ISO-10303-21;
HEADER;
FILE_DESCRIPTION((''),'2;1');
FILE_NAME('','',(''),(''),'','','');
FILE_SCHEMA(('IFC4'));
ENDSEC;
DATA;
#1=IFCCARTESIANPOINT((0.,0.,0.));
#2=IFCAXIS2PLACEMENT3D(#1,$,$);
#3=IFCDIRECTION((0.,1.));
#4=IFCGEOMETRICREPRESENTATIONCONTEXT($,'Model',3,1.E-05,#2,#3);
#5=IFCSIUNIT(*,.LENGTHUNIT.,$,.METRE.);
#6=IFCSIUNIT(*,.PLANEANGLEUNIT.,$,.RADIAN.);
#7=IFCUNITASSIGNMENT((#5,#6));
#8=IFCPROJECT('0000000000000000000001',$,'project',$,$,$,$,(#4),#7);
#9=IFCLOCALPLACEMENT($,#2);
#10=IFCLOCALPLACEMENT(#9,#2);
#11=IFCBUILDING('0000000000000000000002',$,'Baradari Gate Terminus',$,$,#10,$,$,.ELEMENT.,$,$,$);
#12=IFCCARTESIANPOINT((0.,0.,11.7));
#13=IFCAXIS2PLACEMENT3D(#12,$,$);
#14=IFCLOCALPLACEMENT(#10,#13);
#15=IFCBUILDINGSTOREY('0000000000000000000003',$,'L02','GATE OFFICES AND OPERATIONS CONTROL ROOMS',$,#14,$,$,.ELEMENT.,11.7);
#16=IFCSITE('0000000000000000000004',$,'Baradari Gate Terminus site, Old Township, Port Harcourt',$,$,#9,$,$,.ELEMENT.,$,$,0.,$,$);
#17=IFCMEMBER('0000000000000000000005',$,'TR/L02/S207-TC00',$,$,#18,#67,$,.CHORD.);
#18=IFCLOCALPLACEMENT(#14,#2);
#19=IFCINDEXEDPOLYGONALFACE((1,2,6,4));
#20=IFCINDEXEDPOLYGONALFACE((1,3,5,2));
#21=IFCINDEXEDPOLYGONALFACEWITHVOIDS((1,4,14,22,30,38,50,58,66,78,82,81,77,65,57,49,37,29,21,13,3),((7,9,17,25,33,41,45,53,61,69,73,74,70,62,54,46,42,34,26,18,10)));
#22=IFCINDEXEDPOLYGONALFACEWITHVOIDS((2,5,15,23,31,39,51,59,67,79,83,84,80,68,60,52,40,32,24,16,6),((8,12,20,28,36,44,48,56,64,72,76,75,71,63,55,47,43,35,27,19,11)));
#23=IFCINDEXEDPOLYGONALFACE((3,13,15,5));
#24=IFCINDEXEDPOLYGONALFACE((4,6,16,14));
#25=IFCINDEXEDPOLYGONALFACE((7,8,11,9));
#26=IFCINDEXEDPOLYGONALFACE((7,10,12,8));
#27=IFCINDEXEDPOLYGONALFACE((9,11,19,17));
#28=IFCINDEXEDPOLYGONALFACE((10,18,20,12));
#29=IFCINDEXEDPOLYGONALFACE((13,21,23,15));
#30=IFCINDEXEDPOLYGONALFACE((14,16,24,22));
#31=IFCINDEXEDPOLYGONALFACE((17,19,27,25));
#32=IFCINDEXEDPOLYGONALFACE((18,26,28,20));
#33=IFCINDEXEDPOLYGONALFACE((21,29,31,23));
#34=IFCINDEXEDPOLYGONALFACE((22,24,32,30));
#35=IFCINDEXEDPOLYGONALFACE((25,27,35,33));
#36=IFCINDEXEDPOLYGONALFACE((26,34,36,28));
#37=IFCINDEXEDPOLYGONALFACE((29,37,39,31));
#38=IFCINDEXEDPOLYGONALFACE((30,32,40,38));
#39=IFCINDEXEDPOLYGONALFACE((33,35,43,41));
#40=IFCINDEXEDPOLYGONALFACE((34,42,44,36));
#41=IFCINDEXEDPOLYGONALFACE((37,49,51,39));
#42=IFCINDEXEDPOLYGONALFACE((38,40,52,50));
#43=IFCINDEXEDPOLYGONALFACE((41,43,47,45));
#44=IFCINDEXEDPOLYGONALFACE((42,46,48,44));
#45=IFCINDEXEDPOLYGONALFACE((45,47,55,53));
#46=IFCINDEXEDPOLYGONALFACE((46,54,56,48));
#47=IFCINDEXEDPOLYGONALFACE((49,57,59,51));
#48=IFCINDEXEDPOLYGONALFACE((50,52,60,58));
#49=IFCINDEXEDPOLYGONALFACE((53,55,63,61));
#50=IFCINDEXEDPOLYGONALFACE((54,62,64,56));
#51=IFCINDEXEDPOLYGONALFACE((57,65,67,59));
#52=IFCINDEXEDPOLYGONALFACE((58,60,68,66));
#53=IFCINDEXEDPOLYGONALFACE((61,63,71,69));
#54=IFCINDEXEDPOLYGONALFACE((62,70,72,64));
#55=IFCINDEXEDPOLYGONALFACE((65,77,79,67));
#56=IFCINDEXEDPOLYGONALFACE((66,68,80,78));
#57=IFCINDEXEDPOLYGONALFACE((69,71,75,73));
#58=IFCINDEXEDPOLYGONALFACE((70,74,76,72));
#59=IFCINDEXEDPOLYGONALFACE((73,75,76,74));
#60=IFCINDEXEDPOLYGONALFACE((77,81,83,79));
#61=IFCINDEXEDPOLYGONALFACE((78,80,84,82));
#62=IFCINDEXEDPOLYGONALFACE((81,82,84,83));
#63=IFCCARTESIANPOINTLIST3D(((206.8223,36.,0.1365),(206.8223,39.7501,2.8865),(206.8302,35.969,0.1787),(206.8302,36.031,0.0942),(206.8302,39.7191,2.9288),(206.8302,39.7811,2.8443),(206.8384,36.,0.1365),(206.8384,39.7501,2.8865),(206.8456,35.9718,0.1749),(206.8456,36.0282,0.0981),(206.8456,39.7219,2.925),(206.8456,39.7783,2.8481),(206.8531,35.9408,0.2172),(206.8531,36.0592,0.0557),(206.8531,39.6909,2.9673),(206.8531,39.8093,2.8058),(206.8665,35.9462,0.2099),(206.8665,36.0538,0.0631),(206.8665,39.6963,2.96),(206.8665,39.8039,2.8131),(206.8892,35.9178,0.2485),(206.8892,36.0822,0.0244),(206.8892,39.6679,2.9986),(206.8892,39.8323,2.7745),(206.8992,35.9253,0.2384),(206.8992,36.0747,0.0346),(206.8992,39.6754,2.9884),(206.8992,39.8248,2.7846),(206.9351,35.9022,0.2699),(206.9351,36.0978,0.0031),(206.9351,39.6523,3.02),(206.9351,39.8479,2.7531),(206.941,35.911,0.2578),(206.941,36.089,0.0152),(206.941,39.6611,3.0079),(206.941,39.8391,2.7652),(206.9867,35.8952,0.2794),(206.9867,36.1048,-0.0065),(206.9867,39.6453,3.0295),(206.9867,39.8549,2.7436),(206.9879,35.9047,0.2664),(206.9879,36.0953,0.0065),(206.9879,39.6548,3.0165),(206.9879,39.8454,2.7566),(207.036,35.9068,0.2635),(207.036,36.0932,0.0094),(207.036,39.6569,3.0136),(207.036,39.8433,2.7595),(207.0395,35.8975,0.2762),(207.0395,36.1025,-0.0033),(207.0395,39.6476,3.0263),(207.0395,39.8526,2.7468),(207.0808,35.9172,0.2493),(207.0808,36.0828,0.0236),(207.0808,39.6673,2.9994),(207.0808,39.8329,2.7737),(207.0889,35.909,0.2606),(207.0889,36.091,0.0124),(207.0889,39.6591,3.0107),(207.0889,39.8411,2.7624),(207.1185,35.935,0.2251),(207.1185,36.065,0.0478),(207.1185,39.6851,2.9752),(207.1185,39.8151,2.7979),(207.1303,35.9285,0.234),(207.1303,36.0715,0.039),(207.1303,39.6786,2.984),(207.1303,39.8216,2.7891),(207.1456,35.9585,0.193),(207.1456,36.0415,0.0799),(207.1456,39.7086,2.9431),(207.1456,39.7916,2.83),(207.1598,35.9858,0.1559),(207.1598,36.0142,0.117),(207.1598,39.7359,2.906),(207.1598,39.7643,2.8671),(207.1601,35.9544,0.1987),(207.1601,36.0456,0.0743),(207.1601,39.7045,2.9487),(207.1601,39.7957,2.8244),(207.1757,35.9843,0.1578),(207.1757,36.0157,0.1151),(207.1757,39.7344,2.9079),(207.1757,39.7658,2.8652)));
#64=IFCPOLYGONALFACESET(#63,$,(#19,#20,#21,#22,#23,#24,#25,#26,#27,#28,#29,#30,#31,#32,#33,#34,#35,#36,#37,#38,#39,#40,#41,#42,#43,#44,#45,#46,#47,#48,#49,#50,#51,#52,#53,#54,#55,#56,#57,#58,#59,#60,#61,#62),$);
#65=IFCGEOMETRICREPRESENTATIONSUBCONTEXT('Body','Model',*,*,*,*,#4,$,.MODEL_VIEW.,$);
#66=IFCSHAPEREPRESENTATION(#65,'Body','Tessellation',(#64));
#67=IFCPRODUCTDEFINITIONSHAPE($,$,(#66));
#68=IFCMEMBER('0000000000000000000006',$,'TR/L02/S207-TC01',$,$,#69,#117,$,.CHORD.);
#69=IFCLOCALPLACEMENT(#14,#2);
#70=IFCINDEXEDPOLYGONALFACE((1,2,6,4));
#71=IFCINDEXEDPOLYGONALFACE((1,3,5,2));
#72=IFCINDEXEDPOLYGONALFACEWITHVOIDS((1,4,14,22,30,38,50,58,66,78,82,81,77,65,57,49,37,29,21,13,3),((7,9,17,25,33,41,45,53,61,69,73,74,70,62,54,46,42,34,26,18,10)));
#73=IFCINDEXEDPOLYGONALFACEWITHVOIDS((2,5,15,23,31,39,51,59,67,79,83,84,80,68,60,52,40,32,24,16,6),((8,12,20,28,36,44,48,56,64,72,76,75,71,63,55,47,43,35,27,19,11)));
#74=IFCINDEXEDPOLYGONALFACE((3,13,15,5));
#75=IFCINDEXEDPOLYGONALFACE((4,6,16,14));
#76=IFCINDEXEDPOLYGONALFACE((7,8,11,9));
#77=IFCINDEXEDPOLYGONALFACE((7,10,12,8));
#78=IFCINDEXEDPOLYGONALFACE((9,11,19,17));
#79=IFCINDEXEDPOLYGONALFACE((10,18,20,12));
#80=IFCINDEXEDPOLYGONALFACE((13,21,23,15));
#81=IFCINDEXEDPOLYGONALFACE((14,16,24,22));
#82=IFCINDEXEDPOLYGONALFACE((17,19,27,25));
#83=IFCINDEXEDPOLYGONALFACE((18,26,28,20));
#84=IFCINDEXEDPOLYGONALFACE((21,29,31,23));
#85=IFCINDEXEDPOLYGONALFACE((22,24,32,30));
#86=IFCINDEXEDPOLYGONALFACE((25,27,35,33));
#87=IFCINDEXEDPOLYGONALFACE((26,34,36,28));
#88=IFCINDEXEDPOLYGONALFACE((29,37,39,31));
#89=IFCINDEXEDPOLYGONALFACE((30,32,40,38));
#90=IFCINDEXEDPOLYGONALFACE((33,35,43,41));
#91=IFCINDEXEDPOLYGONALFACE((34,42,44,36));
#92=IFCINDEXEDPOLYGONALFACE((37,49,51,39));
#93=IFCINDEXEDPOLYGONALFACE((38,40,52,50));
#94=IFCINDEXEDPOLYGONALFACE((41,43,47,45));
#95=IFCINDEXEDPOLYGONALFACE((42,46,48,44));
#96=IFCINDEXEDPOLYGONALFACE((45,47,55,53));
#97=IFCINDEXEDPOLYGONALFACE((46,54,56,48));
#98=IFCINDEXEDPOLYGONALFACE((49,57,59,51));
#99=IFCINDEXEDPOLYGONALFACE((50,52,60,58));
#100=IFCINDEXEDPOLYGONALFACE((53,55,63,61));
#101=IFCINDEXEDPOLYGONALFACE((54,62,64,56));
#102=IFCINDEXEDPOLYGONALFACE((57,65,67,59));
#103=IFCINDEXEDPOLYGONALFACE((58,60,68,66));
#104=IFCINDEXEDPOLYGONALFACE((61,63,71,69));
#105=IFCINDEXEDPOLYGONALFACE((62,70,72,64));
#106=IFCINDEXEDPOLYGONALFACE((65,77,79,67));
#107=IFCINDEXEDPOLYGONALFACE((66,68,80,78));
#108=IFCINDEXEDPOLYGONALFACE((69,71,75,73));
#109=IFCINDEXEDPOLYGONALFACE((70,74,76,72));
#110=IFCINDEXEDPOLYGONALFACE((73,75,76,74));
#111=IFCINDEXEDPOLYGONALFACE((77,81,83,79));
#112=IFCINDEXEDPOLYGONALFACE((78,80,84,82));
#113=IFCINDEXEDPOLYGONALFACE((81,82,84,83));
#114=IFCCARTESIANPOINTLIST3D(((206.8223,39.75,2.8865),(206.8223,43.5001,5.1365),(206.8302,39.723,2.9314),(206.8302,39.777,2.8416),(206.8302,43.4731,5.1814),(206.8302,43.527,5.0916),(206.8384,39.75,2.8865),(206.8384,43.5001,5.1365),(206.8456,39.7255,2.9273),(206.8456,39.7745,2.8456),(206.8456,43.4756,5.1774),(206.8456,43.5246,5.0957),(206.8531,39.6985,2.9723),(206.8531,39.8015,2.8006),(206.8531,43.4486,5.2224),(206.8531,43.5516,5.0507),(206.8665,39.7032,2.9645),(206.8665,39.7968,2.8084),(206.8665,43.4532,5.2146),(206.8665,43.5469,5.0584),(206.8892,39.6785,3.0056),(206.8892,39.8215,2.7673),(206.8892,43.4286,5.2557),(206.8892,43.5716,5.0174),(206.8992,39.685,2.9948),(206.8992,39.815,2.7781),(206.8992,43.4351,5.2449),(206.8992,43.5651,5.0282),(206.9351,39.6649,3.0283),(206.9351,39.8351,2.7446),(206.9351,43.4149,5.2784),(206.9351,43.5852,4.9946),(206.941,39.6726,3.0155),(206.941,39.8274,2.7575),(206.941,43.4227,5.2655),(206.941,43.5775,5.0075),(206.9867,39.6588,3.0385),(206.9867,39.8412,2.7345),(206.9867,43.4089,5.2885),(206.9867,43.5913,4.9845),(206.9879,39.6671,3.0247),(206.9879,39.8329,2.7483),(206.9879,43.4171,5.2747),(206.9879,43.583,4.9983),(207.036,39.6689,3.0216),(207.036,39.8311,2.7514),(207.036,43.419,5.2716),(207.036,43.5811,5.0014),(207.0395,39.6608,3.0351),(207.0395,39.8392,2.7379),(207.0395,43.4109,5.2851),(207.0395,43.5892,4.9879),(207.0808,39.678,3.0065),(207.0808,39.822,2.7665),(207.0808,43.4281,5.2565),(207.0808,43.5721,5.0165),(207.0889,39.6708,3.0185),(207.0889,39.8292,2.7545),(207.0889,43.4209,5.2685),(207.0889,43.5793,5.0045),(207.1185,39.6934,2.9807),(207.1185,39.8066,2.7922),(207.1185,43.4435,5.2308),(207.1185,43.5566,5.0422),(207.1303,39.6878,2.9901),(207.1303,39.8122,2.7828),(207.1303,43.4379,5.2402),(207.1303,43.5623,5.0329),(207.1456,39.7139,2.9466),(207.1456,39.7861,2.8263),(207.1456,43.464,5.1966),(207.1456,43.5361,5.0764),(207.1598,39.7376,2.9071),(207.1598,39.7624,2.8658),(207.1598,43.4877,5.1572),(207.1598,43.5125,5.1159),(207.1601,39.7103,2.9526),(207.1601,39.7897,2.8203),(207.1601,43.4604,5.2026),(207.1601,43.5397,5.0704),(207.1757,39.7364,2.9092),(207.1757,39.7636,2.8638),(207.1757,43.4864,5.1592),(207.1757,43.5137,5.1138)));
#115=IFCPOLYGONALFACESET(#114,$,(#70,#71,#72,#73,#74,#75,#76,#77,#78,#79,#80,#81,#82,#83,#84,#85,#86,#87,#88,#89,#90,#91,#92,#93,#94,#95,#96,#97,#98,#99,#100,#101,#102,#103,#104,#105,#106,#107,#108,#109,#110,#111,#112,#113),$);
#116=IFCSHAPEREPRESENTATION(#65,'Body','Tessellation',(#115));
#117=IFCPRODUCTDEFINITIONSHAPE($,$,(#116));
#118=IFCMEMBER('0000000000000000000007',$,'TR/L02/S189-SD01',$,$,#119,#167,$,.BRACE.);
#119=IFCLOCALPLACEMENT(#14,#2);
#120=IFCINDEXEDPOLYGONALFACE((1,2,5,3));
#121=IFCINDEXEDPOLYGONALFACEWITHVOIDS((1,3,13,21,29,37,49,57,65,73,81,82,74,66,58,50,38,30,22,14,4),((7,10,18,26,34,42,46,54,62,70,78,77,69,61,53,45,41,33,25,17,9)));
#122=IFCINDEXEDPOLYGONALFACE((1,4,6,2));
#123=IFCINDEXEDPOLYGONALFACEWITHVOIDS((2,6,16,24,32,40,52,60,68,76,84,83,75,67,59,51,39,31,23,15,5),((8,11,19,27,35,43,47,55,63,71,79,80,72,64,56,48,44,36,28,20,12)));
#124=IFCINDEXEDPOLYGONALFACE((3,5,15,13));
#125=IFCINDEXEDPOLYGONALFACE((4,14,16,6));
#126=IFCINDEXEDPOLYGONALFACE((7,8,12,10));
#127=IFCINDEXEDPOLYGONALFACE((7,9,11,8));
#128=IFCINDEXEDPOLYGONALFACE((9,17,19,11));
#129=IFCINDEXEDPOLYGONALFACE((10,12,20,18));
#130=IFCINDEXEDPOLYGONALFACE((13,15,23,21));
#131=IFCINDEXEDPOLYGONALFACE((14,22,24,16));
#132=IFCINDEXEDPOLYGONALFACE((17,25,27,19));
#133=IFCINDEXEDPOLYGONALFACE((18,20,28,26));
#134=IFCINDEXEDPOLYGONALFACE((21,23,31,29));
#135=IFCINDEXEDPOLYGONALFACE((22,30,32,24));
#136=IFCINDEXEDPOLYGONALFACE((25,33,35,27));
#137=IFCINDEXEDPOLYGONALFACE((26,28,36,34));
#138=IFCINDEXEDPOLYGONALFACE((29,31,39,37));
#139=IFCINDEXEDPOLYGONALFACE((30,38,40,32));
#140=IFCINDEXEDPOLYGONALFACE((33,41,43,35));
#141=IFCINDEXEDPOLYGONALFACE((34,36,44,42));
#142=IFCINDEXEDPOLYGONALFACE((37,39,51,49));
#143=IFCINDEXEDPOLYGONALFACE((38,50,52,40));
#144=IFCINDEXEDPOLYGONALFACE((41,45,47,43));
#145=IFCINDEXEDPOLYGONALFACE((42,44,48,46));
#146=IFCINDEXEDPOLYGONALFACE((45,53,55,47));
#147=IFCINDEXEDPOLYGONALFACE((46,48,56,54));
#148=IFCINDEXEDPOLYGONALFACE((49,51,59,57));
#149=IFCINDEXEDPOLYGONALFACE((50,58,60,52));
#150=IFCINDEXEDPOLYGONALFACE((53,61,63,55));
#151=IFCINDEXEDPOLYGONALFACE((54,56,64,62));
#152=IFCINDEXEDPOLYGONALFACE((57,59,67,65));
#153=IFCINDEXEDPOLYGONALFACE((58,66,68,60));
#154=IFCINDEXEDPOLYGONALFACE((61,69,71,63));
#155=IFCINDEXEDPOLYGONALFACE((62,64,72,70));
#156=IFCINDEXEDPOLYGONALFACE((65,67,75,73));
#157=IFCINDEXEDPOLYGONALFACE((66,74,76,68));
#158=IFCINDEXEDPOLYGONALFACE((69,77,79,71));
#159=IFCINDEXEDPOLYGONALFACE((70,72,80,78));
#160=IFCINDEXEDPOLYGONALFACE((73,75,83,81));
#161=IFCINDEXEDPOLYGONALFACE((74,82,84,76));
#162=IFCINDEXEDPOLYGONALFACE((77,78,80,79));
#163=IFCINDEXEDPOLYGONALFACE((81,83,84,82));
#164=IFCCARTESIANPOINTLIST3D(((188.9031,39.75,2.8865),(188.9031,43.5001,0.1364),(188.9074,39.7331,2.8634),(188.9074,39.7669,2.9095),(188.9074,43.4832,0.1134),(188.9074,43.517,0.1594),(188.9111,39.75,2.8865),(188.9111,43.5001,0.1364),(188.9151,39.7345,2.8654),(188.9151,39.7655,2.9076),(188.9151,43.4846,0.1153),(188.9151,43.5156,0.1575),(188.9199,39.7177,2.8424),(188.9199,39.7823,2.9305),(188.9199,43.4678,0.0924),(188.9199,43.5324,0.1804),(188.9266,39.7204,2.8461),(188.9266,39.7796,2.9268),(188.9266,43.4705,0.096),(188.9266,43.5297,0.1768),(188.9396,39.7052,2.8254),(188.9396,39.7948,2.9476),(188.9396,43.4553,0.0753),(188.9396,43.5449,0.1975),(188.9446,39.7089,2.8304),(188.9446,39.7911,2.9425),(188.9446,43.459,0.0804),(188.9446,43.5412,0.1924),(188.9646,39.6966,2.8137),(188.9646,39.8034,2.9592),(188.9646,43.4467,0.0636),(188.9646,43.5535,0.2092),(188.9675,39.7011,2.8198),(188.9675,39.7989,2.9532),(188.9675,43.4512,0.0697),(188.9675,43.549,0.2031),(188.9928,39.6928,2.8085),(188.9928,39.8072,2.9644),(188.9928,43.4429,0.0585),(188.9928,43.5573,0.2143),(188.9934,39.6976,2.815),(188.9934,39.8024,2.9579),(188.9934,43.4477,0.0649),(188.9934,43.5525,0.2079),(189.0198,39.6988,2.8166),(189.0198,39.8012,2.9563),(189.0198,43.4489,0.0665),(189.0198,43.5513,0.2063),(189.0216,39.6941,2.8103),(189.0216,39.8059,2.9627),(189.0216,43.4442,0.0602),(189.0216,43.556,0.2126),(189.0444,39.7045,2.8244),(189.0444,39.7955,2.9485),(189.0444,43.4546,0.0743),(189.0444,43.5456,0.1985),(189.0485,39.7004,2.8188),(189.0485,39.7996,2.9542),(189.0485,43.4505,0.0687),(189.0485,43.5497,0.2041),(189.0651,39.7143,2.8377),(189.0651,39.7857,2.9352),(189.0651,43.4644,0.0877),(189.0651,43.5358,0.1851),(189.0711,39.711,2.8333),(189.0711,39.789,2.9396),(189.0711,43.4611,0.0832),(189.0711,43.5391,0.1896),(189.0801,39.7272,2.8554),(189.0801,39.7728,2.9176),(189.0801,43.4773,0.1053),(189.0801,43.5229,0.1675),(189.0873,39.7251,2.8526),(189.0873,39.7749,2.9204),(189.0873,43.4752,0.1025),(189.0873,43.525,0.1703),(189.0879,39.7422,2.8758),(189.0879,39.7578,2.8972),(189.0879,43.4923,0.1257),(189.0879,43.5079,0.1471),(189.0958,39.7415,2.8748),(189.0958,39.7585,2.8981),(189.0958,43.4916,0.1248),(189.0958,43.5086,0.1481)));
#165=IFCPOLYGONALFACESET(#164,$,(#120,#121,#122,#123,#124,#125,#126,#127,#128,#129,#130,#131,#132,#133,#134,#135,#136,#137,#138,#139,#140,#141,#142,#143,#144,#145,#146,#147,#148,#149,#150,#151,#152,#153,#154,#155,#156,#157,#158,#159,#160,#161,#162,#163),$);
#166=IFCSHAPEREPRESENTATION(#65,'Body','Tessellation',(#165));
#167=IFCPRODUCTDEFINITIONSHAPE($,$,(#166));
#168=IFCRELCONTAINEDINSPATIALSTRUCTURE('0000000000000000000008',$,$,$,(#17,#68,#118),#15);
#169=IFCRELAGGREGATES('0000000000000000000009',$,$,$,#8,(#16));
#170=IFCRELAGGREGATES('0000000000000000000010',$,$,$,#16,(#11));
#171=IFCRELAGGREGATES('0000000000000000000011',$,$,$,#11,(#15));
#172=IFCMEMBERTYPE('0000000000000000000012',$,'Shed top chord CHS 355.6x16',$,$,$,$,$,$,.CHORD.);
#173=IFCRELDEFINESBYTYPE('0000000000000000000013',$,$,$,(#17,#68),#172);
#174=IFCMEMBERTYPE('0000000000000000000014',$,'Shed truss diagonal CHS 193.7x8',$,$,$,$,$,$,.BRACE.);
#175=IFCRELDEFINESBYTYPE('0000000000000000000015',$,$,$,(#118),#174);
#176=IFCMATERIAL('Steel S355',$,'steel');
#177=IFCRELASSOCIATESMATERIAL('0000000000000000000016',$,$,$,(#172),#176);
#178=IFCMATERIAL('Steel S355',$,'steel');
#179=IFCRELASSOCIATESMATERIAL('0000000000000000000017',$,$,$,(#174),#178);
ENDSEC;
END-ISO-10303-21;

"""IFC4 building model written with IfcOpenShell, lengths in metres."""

from ifc_helpers import new_model, si_unit, direction, frame, origin, origin_2d, place, context, subcontext, project, spatial, hollow_circle, extrude, material, material_profile, profile_set, type_object, element, save


model = new_model("IFC4")

# Units and contexts
model_context = context("Model", 3, precision=1e-05, world=origin(), true_north=direction((0.0, 1.0)))
body_context = subcontext(model_context, "Body", "Model", "MODEL_VIEW")
ifc_project = project(units=[si_unit("LENGTHUNIT", "METRE"), si_unit("PLANEANGLEUNIT", "RADIAN")], contexts=[model_context])

# Site, building, storey
site_placement = place(None, origin())
site = spatial("IfcSite", under=ifc_project, at=site_placement, Name="Baradari Gate Terminus site, Old Township, Port Harcourt", CompositionType="ELEMENT", RefElevation=0.0)
building_placement = place(site_placement, origin())
building = spatial("IfcBuilding", under=site, at=building_placement, Name="Baradari Gate Terminus", CompositionType="ELEMENT")
storey_placement = place(building_placement, frame((0.0, 0.0, 11.7)))
storey = spatial("IfcBuildingStorey", under=building, at=storey_placement, Name="L02", Description="GATE OFFICES AND OPERATIONS CONTROL ROOMS", CompositionType="ELEMENT", Elevation=11.7)

# Members
ifc_material_1 = material(Name="Steel S355", Category="steel")
ifc_material_profile_1 = material_profile(ifc_material_1, hollow_circle(Radius=0.1777, WallThickness=0.0161, at=origin_2d()), Name="CHS 355.6x16")
ifc_profile_set_1 = profile_set([ifc_material_profile_1], Name="Steel S355")
member_type_1 = type_object("IfcMemberType", Name="Shed top chord CHS 355.6x16", PredefinedType="CHORD", material=ifc_profile_set_1)
member_1_placement = place(storey_placement, frame((207.0, 36.0, 0.1365), z_axis=(0.0, 0.806405, 0.591364), x_axis=(-1.0, 0.0, 0.0)))
element("IfcMember", 1, at=member_1_placement, inside=storey, type_object=member_type_1, Name="TR/L02/S207-TC00", PredefinedType="CHORD", context=body_context, shape_type="SweptSolid", body=[
    extrude(hollow_circle(Radius=0.1777, WallThickness=0.0161, at=origin_2d()), origin(), (0.0, 0.0, 1.0), 4.6504),
])
member_2_placement = place(storey_placement, frame((207.0, 39.75, 2.8865), z_axis=(0.0, 0.857493, 0.514496), x_axis=(-1.0, 0.0, 0.0)))
element("IfcMember", 2, at=member_2_placement, inside=storey, type_object=member_type_1, Name="TR/L02/S207-TC01", PredefinedType="CHORD", context=body_context, shape_type="SweptSolid", body=[
    extrude(hollow_circle(Radius=0.1777, WallThickness=0.0161, at=origin_2d()), origin(), (0.0, 0.0, 1.0), 4.3733),
])
ifc_material_2 = material(Name="Steel S355", Category="steel")
ifc_material_profile_2 = material_profile(ifc_material_2, hollow_circle(Radius=0.0969, WallThickness=0.0081, at=origin_2d()), Name="CHS 193.7x8")
ifc_profile_set_2 = profile_set([ifc_material_profile_2], Name="Steel S355")
member_type_2 = type_object("IfcMemberType", Name="Shed truss diagonal CHS 193.7x8", PredefinedType="BRACE", material=ifc_profile_set_2)
for number, where, z_axis, x_axis, name in (
    (3, (189.0, 39.75, 2.8865), (0.0, 0.806405, -0.591364), (-1.0, 0.0, 0.0), "TR/L02/S189-SD01"),
):
    element("IfcMember", number, at=place(storey_placement, frame(where, z_axis=z_axis, x_axis=x_axis)), inside=storey, type_object=member_type_2, Name=name, PredefinedType="BRACE", context=body_context, shape_type="SweptSolid", body=[
        extrude(hollow_circle(Radius=0.0969, WallThickness=0.0081, at=origin_2d()), origin(), (0.0, 0.0, 1.0), 4.6504),
    ])

save(model, "model.ifc")
